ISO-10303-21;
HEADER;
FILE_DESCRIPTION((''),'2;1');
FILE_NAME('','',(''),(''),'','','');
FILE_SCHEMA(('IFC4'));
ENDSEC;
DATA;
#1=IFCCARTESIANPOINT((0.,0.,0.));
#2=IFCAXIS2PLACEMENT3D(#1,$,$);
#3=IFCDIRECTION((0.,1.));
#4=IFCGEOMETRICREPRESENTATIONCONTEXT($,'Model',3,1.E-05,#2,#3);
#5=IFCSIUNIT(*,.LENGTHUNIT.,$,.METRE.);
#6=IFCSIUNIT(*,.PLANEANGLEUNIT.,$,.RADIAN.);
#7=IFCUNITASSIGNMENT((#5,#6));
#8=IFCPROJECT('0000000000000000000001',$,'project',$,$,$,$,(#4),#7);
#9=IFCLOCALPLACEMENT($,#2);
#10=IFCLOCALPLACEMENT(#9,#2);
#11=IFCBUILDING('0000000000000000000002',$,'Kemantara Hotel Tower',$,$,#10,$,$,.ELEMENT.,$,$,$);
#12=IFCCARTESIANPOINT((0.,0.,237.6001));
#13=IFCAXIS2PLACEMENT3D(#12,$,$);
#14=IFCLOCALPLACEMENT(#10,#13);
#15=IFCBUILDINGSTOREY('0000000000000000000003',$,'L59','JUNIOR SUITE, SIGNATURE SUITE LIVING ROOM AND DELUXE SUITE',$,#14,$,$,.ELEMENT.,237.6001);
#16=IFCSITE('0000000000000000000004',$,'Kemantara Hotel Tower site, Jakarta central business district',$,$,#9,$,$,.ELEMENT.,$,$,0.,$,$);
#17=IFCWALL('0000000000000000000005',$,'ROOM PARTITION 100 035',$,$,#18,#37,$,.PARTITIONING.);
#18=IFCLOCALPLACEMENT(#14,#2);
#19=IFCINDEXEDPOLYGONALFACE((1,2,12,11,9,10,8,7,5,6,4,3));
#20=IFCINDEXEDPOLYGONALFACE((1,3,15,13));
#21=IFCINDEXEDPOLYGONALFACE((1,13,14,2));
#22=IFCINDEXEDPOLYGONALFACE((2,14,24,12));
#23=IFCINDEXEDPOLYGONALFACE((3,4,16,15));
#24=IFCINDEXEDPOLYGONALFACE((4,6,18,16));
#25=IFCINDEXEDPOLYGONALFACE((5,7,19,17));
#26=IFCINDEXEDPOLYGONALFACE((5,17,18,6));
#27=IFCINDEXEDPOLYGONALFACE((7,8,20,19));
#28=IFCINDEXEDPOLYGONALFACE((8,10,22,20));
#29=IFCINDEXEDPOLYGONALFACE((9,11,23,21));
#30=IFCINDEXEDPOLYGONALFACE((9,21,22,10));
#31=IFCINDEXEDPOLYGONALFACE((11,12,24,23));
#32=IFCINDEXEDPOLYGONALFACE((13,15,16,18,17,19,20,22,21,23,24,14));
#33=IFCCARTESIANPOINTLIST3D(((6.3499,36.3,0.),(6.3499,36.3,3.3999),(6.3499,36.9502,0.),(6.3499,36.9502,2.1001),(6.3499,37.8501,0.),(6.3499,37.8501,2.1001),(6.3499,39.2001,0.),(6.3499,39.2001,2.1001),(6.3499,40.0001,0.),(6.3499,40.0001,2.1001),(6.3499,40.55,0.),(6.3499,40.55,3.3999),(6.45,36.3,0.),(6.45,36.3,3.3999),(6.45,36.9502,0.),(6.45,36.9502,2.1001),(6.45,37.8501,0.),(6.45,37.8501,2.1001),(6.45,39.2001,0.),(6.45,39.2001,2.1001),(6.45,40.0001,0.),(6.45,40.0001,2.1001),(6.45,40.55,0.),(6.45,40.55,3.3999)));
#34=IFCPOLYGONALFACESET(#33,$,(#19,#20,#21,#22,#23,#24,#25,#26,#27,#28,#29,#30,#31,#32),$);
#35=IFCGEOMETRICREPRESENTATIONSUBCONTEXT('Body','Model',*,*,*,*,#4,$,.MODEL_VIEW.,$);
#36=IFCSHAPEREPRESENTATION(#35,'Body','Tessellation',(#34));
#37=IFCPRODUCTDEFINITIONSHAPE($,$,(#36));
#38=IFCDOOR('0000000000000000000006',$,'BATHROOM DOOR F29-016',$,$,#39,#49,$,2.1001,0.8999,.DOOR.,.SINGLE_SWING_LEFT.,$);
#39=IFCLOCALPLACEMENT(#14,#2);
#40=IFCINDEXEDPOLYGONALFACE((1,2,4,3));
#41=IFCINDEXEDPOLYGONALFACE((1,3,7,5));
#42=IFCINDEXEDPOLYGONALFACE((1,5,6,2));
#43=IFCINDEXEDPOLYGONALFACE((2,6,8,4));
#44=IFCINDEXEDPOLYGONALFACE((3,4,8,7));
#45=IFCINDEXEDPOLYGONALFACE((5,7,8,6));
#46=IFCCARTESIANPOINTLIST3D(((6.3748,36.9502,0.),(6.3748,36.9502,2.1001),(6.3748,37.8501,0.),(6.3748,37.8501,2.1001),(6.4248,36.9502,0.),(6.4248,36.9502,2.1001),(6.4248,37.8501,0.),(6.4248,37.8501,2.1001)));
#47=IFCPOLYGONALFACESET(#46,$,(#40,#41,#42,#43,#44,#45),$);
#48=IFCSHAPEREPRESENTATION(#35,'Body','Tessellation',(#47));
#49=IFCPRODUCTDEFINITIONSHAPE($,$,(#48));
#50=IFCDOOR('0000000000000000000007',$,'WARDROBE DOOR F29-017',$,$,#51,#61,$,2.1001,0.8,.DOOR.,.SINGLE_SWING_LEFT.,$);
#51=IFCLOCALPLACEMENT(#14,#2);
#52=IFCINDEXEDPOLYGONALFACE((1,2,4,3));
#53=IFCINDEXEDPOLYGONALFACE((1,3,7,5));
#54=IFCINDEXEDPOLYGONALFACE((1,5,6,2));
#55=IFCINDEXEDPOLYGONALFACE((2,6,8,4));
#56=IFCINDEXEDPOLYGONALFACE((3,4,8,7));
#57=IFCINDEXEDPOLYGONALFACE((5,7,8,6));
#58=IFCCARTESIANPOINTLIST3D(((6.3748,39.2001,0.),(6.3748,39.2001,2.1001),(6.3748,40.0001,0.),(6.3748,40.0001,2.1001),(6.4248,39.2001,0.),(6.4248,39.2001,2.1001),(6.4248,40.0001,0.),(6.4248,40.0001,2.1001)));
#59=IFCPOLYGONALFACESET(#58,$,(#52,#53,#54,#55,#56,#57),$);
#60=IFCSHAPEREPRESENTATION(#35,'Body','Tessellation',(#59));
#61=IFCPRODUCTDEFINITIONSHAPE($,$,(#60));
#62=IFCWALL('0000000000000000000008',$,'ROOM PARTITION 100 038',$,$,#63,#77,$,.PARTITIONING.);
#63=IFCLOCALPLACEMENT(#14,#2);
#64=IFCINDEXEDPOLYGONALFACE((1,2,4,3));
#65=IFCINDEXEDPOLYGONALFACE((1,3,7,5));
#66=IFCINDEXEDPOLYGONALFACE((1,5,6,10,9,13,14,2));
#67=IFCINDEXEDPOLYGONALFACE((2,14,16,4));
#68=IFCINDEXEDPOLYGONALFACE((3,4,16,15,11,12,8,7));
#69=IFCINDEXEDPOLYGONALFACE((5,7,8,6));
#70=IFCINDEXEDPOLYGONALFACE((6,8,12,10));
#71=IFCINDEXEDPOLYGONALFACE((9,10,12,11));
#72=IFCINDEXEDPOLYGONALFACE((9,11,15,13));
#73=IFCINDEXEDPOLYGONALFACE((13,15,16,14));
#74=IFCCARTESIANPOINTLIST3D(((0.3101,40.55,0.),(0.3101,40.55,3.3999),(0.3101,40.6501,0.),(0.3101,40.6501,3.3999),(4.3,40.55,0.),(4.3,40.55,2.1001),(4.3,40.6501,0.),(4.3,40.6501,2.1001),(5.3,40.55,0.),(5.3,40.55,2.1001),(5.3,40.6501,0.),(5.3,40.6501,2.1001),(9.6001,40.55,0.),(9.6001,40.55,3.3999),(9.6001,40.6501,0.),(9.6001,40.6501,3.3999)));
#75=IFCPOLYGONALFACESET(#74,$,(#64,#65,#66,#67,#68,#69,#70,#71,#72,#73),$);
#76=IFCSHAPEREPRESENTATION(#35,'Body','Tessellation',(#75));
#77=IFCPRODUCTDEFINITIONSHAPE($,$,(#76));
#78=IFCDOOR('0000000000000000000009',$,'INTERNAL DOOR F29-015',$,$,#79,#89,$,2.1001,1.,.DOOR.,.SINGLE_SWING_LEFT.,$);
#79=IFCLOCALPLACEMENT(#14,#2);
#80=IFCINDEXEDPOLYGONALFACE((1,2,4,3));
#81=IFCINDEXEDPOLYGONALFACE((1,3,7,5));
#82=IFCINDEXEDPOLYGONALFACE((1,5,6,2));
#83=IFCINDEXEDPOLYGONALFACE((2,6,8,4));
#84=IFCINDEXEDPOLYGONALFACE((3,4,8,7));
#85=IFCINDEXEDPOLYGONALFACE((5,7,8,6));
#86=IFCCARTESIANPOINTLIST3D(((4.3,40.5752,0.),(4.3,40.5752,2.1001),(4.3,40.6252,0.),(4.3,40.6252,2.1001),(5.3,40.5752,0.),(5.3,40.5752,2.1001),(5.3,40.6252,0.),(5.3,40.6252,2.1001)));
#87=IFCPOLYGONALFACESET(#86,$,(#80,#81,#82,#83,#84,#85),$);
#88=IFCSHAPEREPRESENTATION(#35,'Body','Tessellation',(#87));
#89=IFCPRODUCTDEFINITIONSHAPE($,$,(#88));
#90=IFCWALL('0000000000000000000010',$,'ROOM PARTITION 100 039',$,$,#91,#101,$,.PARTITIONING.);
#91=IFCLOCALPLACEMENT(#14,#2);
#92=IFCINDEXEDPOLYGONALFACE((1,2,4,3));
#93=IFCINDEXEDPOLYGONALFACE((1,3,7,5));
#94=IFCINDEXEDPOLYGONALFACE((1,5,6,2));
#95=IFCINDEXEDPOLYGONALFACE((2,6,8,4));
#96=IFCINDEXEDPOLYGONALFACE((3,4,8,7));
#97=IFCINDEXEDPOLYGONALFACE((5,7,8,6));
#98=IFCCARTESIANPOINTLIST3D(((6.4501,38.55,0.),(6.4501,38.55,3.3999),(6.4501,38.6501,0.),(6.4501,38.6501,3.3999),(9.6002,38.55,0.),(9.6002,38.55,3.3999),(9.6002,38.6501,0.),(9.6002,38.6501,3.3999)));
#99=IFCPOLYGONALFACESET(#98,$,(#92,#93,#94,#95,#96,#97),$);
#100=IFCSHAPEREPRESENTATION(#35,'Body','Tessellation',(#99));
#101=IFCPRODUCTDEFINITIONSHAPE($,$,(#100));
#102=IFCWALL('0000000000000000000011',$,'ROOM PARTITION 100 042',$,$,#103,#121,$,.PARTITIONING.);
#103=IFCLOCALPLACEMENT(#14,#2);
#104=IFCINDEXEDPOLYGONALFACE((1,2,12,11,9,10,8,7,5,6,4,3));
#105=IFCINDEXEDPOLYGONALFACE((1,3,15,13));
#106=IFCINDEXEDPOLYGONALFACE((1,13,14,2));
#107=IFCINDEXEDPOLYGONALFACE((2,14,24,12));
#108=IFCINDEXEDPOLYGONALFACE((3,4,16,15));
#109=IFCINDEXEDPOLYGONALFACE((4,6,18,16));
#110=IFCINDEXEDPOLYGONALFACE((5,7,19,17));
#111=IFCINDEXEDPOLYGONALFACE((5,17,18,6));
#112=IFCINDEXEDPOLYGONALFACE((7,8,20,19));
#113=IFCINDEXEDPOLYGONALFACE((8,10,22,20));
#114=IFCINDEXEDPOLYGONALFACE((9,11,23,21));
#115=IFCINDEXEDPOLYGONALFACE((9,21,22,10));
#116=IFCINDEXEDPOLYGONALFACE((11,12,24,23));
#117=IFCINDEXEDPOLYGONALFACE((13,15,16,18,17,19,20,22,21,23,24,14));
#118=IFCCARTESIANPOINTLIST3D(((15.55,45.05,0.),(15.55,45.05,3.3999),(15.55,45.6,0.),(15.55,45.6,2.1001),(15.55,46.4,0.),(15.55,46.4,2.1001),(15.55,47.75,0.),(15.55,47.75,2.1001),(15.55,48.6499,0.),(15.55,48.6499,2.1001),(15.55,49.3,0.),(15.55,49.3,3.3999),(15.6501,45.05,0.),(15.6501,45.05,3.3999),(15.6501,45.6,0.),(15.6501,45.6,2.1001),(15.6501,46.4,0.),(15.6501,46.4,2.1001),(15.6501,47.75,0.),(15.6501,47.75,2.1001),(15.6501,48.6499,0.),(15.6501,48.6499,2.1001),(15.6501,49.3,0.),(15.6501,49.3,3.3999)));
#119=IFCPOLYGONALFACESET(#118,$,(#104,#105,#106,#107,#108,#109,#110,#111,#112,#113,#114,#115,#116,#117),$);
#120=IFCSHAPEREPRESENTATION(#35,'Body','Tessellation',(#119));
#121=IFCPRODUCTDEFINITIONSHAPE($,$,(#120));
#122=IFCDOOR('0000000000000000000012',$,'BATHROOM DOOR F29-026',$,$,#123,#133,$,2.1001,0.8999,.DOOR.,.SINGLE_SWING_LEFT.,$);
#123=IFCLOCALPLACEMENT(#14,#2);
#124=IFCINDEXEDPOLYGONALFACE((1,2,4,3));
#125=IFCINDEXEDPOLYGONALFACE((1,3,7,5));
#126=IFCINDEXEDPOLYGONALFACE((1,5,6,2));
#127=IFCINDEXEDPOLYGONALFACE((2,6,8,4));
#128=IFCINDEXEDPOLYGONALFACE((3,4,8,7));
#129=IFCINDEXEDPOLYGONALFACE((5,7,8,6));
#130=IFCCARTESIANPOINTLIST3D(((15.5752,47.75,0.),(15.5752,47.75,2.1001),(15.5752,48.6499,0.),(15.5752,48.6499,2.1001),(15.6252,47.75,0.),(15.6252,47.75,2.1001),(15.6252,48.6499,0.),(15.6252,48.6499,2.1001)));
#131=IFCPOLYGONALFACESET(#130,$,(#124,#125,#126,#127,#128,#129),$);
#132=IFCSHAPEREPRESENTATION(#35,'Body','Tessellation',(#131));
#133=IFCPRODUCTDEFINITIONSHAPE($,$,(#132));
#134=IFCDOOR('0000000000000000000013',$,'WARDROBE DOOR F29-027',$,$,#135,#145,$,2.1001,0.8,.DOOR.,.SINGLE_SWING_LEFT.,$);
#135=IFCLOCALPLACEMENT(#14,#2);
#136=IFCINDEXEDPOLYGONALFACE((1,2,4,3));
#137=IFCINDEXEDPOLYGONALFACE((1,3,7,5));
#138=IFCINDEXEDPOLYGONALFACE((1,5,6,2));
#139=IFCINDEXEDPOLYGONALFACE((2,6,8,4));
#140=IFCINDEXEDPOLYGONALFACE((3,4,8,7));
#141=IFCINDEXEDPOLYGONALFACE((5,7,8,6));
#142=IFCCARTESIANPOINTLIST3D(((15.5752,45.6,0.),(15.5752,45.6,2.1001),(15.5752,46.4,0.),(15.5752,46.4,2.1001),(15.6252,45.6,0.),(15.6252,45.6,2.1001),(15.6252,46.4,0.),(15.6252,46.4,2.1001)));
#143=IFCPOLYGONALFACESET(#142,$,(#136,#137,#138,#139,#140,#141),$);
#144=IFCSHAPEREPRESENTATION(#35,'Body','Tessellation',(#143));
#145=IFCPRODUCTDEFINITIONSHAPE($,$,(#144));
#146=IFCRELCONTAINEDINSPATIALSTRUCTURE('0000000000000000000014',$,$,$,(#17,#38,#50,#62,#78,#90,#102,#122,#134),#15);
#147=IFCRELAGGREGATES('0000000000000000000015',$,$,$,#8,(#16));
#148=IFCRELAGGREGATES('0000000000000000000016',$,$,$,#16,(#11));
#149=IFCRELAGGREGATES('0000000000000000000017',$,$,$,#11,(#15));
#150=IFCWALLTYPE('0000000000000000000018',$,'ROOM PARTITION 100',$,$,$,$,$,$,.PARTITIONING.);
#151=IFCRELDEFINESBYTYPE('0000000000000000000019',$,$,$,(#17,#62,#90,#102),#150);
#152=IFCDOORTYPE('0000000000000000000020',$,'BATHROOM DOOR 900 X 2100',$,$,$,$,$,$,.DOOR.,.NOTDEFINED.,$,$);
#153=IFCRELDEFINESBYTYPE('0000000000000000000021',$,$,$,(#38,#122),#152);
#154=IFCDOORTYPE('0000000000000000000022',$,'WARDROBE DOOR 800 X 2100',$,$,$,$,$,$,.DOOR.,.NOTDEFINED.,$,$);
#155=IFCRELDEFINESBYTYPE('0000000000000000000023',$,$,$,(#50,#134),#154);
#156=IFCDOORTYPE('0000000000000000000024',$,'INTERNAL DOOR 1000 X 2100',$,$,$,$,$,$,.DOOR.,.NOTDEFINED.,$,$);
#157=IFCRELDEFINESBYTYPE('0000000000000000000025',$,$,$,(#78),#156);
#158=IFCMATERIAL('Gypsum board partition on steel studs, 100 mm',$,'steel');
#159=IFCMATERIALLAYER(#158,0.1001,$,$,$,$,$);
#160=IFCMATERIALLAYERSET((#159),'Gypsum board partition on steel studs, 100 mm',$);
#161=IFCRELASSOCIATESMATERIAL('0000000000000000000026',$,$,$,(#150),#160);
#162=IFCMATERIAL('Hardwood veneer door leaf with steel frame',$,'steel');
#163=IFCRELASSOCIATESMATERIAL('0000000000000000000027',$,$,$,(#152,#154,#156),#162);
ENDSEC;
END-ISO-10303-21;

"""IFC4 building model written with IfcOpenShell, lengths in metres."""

from ifc_helpers import new_model, si_unit, direction, frame, frame_2d, origin, place, context, subcontext, project, spatial, rectangle, extrude, material, layer, layer_set, type_object, element, fill, save


model = new_model("IFC4")

# Units and contexts
model_context = context("Model", 3, precision=1e-05, world=origin(), true_north=direction((0.0, 1.0)))
body_context = subcontext(model_context, "Body", "Model", "MODEL_VIEW")
ifc_project = project(units=[si_unit("LENGTHUNIT", "METRE"), si_unit("PLANEANGLEUNIT", "RADIAN")], contexts=[model_context])

# Site, building, storey
site_placement = place(None, origin())
site = spatial("IfcSite", under=ifc_project, at=site_placement, Name="Kemantara Hotel Tower site, Jakarta central business district", CompositionType="ELEMENT", RefElevation=0.0)
building_placement = place(site_placement, origin())
building = spatial("IfcBuilding", under=site, at=building_placement, Name="Kemantara Hotel Tower", CompositionType="ELEMENT")
storey_placement = place(building_placement, frame((0.0, 0.0, 237.6001)))
storey = spatial("IfcBuildingStorey", under=building, at=storey_placement, Name="L59", Description="JUNIOR SUITE, SIGNATURE SUITE LIVING ROOM AND DELUXE SUITE", CompositionType="ELEMENT", Elevation=237.6001)

# Shared definitions
ifc_material_1 = material(Name="Hardwood veneer door leaf with steel frame", Category="steel")

# Wall, openings, doors
ifc_material_2 = material(Name="Gypsum board partition on steel studs, 100 mm", Category="steel")
ifc_layer_1 = layer(ifc_material_2, 0.1001)
ifc_layer_set_1 = layer_set([ifc_layer_1], Name="Gypsum board partition on steel studs, 100 mm")
wall_type_1 = type_object("IfcWallType", Name="ROOM PARTITION 100", PredefinedType="PARTITIONING", material=ifc_layer_set_1)
wall_1_placement = place(storey_placement, frame((6.3999, 40.55, 0.0), z_axis=(0.0, 0.0, 1.0), x_axis=(0.0, -1.0, 0.0)))
wall_1 = element("IfcWall", 1, at=wall_1_placement, inside=storey, type_object=wall_type_1, Name="ROOM PARTITION 100 035", PredefinedType="PARTITIONING", context=body_context, shape_type="SweptSolid", body=[
    extrude(rectangle(XDim=4.25, YDim=0.1001, at=frame_2d((2.125, 0.0))), origin(), (0.0, 0.0, 1.0), 3.3999),
])
opening_1_placement = place(wall_1_placement, frame((2.7, 0.0, 0.0)))
opening_1 = element("IfcOpeningElement", 2, at=opening_1_placement, cuts=wall_1, PredefinedType="OPENING", context=body_context, shape_type="SweptSolid", body=[
    extrude(rectangle(XDim=0.8999, YDim=2.1001, at=frame_2d((0.45, 1.05))), frame((0.0, 0.0601, 0.0), z_axis=(0.0, -1.0, 0.0), x_axis=(1.0, 0.0, 0.0)), (0.0, 0.0, 1.0), 0.1201),
])
opening_2_placement = place(wall_1_placement, frame((0.55, 0.0, 0.0)))
opening_2 = element("IfcOpeningElement", 3, at=opening_2_placement, cuts=wall_1, PredefinedType="OPENING", context=body_context, shape_type="SweptSolid", body=[
    extrude(rectangle(XDim=0.8, YDim=2.1001, at=frame_2d((0.3999, 1.05))), frame((0.0, 0.0601, 0.0), z_axis=(0.0, -1.0, 0.0), x_axis=(1.0, 0.0, 0.0)), (0.0, 0.0, 1.0), 0.1201),
])
door_type_1 = type_object("IfcDoorType", Name="BATHROOM DOOR 900 X 2100", OperationType="NOTDEFINED", PredefinedType="DOOR", material=ifc_material_1)
door_1_placement = place(opening_1_placement, origin())
door_1 = element("IfcDoor", 4, at=door_1_placement, inside=storey, type_object=door_type_1, Name="BATHROOM DOOR F29-016", OperationType="SINGLE_SWING_LEFT", OverallHeight=2.1001, OverallWidth=0.8999, PredefinedType="DOOR", context=body_context, shape_type="SweptSolid", body=[
    extrude(rectangle(XDim=0.8999, YDim=2.1001, at=frame_2d((0.45, 1.05))), frame((0.0, 0.0249, 0.0), z_axis=(0.0, -1.0, 0.0), x_axis=(1.0, 0.0, 0.0)), (0.0, 0.0, 1.0), 0.05),
])
fill(opening_1, door_1)
door_type_2 = type_object("IfcDoorType", Name="WARDROBE DOOR 800 X 2100", OperationType="NOTDEFINED", PredefinedType="DOOR", material=ifc_material_1)
door_2_placement = place(opening_2_placement, origin())
door_2 = element("IfcDoor", 5, at=door_2_placement, inside=storey, type_object=door_type_2, Name="WARDROBE DOOR F29-017", OperationType="SINGLE_SWING_LEFT", OverallHeight=2.1001, OverallWidth=0.8, PredefinedType="DOOR", context=body_context, shape_type="SweptSolid", body=[
    extrude(rectangle(XDim=0.8, YDim=2.1001, at=frame_2d((0.3999, 1.05))), frame((0.0, 0.0249, 0.0), z_axis=(0.0, -1.0, 0.0), x_axis=(1.0, 0.0, 0.0)), (0.0, 0.0, 1.0), 0.05),
])
fill(opening_2, door_2)

# Wall, opening, door
wall_2_placement = place(storey_placement, frame((9.6001, 40.6001, 0.0), z_axis=(0.0, 0.0, 1.0), x_axis=(-1.0, 0.0, 0.0)))
wall_2 = element("IfcWall", 6, at=wall_2_placement, inside=storey, type_object=wall_type_1, Name="ROOM PARTITION 100 038", PredefinedType="PARTITIONING", context=body_context, shape_type="SweptSolid", body=[
    extrude(rectangle(XDim=9.29, YDim=0.1001, at=frame_2d((4.645, 0.0))), origin(), (0.0, 0.0, 1.0), 3.3999),
])
opening_3_placement = place(wall_2_placement, frame((4.3, 0.0, 0.0)))
opening_3 = element("IfcOpeningElement", 7, at=opening_3_placement, cuts=wall_2, PredefinedType="OPENING", context=body_context, shape_type="SweptSolid", body=[
    extrude(rectangle(XDim=1.0, YDim=2.1001, at=frame_2d((0.5, 1.05))), frame((0.0, 0.0601, 0.0), z_axis=(0.0, -1.0, 0.0), x_axis=(1.0, 0.0, 0.0)), (0.0, 0.0, 1.0), 0.1201),
])
door_type_3 = type_object("IfcDoorType", Name="INTERNAL DOOR 1000 X 2100", OperationType="NOTDEFINED", PredefinedType="DOOR", material=ifc_material_1)
door_3_placement = place(opening_3_placement, origin())
door_3 = element("IfcDoor", 8, at=door_3_placement, inside=storey, type_object=door_type_3, Name="INTERNAL DOOR F29-015", OperationType="SINGLE_SWING_LEFT", OverallHeight=2.1001, OverallWidth=1.0, PredefinedType="DOOR", context=body_context, shape_type="SweptSolid", body=[
    extrude(rectangle(XDim=1.0, YDim=2.1001, at=frame_2d((0.5, 1.05))), frame((0.0, 0.0249, 0.0), z_axis=(0.0, -1.0, 0.0), x_axis=(1.0, 0.0, 0.0)), (0.0, 0.0, 1.0), 0.05),
])
fill(opening_3, door_3)

# Wall
wall_3_placement = place(storey_placement, frame((6.45, 38.6001, 0.0), z_axis=(0.0, 0.0, 1.0), x_axis=(1.0, 0.0, 0.0)))
element("IfcWall", 9, at=wall_3_placement, inside=storey, type_object=wall_type_1, Name="ROOM PARTITION 100 039", PredefinedType="PARTITIONING", context=body_context, shape_type="SweptSolid", body=[
    extrude(rectangle(XDim=3.1501, YDim=0.1001, at=frame_2d((1.5752, 0.0))), origin(), (0.0, 0.0, 1.0), 3.3999),
])

# Wall, openings, doors
wall_4_placement = place(storey_placement, frame((15.6001, 45.05, 0.0), z_axis=(0.0, 0.0, 1.0), x_axis=(0.0, 1.0, 0.0)))
wall_4 = element("IfcWall", 10, at=wall_4_placement, inside=storey, type_object=wall_type_1, Name="ROOM PARTITION 100 042", PredefinedType="PARTITIONING", context=body_context, shape_type="SweptSolid", body=[
    extrude(rectangle(XDim=4.25, YDim=0.1001, at=frame_2d((2.125, 0.0))), origin(), (0.0, 0.0, 1.0), 3.3999),
])
opening_4_placement = place(wall_4_placement, frame((2.7, 0.0, 0.0)))
opening_4 = element("IfcOpeningElement", 11, at=opening_4_placement, cuts=wall_4, PredefinedType="OPENING", context=body_context, shape_type="SweptSolid", body=[
    extrude(rectangle(XDim=0.8999, YDim=2.1001, at=frame_2d((0.45, 1.05))), frame((0.0, 0.0601, 0.0), z_axis=(0.0, -1.0, 0.0), x_axis=(1.0, 0.0, 0.0)), (0.0, 0.0, 1.0), 0.1201),
])
opening_5_placement = place(wall_4_placement, frame((0.55, 0.0, 0.0)))
opening_5 = element("IfcOpeningElement", 12, at=opening_5_placement, cuts=wall_4, PredefinedType="OPENING", context=body_context, shape_type="SweptSolid", body=[
    extrude(rectangle(XDim=0.8, YDim=2.1001, at=frame_2d((0.3999, 1.05))), frame((0.0, 0.0601, 0.0), z_axis=(0.0, -1.0, 0.0), x_axis=(1.0, 0.0, 0.0)), (0.0, 0.0, 1.0), 0.1201),
])
door_4_placement = place(opening_4_placement, origin())
door_4 = element("IfcDoor", 13, at=door_4_placement, inside=storey, type_object=door_type_1, Name="BATHROOM DOOR F29-026", OperationType="SINGLE_SWING_LEFT", OverallHeight=2.1001, OverallWidth=0.8999, PredefinedType="DOOR", context=body_context, shape_type="SweptSolid", body=[
    extrude(rectangle(XDim=0.8999, YDim=2.1001, at=frame_2d((0.45, 1.05))), frame((0.0, 0.0249, 0.0), z_axis=(0.0, -1.0, 0.0), x_axis=(1.0, 0.0, 0.0)), (0.0, 0.0, 1.0), 0.05),
])
fill(opening_4, door_4)
door_5_placement = place(opening_5_placement, origin())
door_5 = element("IfcDoor", 14, at=door_5_placement, inside=storey, type_object=door_type_2, Name="WARDROBE DOOR F29-027", OperationType="SINGLE_SWING_LEFT", OverallHeight=2.1001, OverallWidth=0.8, PredefinedType="DOOR", context=body_context, shape_type="SweptSolid", body=[
    extrude(rectangle(XDim=0.8, YDim=2.1001, at=frame_2d((0.3999, 1.05))), frame((0.0, 0.0249, 0.0), z_axis=(0.0, -1.0, 0.0), x_axis=(1.0, 0.0, 0.0)), (0.0, 0.0, 1.0), 0.05),
])
fill(opening_5, door_5)

save(model, "model.ifc")
